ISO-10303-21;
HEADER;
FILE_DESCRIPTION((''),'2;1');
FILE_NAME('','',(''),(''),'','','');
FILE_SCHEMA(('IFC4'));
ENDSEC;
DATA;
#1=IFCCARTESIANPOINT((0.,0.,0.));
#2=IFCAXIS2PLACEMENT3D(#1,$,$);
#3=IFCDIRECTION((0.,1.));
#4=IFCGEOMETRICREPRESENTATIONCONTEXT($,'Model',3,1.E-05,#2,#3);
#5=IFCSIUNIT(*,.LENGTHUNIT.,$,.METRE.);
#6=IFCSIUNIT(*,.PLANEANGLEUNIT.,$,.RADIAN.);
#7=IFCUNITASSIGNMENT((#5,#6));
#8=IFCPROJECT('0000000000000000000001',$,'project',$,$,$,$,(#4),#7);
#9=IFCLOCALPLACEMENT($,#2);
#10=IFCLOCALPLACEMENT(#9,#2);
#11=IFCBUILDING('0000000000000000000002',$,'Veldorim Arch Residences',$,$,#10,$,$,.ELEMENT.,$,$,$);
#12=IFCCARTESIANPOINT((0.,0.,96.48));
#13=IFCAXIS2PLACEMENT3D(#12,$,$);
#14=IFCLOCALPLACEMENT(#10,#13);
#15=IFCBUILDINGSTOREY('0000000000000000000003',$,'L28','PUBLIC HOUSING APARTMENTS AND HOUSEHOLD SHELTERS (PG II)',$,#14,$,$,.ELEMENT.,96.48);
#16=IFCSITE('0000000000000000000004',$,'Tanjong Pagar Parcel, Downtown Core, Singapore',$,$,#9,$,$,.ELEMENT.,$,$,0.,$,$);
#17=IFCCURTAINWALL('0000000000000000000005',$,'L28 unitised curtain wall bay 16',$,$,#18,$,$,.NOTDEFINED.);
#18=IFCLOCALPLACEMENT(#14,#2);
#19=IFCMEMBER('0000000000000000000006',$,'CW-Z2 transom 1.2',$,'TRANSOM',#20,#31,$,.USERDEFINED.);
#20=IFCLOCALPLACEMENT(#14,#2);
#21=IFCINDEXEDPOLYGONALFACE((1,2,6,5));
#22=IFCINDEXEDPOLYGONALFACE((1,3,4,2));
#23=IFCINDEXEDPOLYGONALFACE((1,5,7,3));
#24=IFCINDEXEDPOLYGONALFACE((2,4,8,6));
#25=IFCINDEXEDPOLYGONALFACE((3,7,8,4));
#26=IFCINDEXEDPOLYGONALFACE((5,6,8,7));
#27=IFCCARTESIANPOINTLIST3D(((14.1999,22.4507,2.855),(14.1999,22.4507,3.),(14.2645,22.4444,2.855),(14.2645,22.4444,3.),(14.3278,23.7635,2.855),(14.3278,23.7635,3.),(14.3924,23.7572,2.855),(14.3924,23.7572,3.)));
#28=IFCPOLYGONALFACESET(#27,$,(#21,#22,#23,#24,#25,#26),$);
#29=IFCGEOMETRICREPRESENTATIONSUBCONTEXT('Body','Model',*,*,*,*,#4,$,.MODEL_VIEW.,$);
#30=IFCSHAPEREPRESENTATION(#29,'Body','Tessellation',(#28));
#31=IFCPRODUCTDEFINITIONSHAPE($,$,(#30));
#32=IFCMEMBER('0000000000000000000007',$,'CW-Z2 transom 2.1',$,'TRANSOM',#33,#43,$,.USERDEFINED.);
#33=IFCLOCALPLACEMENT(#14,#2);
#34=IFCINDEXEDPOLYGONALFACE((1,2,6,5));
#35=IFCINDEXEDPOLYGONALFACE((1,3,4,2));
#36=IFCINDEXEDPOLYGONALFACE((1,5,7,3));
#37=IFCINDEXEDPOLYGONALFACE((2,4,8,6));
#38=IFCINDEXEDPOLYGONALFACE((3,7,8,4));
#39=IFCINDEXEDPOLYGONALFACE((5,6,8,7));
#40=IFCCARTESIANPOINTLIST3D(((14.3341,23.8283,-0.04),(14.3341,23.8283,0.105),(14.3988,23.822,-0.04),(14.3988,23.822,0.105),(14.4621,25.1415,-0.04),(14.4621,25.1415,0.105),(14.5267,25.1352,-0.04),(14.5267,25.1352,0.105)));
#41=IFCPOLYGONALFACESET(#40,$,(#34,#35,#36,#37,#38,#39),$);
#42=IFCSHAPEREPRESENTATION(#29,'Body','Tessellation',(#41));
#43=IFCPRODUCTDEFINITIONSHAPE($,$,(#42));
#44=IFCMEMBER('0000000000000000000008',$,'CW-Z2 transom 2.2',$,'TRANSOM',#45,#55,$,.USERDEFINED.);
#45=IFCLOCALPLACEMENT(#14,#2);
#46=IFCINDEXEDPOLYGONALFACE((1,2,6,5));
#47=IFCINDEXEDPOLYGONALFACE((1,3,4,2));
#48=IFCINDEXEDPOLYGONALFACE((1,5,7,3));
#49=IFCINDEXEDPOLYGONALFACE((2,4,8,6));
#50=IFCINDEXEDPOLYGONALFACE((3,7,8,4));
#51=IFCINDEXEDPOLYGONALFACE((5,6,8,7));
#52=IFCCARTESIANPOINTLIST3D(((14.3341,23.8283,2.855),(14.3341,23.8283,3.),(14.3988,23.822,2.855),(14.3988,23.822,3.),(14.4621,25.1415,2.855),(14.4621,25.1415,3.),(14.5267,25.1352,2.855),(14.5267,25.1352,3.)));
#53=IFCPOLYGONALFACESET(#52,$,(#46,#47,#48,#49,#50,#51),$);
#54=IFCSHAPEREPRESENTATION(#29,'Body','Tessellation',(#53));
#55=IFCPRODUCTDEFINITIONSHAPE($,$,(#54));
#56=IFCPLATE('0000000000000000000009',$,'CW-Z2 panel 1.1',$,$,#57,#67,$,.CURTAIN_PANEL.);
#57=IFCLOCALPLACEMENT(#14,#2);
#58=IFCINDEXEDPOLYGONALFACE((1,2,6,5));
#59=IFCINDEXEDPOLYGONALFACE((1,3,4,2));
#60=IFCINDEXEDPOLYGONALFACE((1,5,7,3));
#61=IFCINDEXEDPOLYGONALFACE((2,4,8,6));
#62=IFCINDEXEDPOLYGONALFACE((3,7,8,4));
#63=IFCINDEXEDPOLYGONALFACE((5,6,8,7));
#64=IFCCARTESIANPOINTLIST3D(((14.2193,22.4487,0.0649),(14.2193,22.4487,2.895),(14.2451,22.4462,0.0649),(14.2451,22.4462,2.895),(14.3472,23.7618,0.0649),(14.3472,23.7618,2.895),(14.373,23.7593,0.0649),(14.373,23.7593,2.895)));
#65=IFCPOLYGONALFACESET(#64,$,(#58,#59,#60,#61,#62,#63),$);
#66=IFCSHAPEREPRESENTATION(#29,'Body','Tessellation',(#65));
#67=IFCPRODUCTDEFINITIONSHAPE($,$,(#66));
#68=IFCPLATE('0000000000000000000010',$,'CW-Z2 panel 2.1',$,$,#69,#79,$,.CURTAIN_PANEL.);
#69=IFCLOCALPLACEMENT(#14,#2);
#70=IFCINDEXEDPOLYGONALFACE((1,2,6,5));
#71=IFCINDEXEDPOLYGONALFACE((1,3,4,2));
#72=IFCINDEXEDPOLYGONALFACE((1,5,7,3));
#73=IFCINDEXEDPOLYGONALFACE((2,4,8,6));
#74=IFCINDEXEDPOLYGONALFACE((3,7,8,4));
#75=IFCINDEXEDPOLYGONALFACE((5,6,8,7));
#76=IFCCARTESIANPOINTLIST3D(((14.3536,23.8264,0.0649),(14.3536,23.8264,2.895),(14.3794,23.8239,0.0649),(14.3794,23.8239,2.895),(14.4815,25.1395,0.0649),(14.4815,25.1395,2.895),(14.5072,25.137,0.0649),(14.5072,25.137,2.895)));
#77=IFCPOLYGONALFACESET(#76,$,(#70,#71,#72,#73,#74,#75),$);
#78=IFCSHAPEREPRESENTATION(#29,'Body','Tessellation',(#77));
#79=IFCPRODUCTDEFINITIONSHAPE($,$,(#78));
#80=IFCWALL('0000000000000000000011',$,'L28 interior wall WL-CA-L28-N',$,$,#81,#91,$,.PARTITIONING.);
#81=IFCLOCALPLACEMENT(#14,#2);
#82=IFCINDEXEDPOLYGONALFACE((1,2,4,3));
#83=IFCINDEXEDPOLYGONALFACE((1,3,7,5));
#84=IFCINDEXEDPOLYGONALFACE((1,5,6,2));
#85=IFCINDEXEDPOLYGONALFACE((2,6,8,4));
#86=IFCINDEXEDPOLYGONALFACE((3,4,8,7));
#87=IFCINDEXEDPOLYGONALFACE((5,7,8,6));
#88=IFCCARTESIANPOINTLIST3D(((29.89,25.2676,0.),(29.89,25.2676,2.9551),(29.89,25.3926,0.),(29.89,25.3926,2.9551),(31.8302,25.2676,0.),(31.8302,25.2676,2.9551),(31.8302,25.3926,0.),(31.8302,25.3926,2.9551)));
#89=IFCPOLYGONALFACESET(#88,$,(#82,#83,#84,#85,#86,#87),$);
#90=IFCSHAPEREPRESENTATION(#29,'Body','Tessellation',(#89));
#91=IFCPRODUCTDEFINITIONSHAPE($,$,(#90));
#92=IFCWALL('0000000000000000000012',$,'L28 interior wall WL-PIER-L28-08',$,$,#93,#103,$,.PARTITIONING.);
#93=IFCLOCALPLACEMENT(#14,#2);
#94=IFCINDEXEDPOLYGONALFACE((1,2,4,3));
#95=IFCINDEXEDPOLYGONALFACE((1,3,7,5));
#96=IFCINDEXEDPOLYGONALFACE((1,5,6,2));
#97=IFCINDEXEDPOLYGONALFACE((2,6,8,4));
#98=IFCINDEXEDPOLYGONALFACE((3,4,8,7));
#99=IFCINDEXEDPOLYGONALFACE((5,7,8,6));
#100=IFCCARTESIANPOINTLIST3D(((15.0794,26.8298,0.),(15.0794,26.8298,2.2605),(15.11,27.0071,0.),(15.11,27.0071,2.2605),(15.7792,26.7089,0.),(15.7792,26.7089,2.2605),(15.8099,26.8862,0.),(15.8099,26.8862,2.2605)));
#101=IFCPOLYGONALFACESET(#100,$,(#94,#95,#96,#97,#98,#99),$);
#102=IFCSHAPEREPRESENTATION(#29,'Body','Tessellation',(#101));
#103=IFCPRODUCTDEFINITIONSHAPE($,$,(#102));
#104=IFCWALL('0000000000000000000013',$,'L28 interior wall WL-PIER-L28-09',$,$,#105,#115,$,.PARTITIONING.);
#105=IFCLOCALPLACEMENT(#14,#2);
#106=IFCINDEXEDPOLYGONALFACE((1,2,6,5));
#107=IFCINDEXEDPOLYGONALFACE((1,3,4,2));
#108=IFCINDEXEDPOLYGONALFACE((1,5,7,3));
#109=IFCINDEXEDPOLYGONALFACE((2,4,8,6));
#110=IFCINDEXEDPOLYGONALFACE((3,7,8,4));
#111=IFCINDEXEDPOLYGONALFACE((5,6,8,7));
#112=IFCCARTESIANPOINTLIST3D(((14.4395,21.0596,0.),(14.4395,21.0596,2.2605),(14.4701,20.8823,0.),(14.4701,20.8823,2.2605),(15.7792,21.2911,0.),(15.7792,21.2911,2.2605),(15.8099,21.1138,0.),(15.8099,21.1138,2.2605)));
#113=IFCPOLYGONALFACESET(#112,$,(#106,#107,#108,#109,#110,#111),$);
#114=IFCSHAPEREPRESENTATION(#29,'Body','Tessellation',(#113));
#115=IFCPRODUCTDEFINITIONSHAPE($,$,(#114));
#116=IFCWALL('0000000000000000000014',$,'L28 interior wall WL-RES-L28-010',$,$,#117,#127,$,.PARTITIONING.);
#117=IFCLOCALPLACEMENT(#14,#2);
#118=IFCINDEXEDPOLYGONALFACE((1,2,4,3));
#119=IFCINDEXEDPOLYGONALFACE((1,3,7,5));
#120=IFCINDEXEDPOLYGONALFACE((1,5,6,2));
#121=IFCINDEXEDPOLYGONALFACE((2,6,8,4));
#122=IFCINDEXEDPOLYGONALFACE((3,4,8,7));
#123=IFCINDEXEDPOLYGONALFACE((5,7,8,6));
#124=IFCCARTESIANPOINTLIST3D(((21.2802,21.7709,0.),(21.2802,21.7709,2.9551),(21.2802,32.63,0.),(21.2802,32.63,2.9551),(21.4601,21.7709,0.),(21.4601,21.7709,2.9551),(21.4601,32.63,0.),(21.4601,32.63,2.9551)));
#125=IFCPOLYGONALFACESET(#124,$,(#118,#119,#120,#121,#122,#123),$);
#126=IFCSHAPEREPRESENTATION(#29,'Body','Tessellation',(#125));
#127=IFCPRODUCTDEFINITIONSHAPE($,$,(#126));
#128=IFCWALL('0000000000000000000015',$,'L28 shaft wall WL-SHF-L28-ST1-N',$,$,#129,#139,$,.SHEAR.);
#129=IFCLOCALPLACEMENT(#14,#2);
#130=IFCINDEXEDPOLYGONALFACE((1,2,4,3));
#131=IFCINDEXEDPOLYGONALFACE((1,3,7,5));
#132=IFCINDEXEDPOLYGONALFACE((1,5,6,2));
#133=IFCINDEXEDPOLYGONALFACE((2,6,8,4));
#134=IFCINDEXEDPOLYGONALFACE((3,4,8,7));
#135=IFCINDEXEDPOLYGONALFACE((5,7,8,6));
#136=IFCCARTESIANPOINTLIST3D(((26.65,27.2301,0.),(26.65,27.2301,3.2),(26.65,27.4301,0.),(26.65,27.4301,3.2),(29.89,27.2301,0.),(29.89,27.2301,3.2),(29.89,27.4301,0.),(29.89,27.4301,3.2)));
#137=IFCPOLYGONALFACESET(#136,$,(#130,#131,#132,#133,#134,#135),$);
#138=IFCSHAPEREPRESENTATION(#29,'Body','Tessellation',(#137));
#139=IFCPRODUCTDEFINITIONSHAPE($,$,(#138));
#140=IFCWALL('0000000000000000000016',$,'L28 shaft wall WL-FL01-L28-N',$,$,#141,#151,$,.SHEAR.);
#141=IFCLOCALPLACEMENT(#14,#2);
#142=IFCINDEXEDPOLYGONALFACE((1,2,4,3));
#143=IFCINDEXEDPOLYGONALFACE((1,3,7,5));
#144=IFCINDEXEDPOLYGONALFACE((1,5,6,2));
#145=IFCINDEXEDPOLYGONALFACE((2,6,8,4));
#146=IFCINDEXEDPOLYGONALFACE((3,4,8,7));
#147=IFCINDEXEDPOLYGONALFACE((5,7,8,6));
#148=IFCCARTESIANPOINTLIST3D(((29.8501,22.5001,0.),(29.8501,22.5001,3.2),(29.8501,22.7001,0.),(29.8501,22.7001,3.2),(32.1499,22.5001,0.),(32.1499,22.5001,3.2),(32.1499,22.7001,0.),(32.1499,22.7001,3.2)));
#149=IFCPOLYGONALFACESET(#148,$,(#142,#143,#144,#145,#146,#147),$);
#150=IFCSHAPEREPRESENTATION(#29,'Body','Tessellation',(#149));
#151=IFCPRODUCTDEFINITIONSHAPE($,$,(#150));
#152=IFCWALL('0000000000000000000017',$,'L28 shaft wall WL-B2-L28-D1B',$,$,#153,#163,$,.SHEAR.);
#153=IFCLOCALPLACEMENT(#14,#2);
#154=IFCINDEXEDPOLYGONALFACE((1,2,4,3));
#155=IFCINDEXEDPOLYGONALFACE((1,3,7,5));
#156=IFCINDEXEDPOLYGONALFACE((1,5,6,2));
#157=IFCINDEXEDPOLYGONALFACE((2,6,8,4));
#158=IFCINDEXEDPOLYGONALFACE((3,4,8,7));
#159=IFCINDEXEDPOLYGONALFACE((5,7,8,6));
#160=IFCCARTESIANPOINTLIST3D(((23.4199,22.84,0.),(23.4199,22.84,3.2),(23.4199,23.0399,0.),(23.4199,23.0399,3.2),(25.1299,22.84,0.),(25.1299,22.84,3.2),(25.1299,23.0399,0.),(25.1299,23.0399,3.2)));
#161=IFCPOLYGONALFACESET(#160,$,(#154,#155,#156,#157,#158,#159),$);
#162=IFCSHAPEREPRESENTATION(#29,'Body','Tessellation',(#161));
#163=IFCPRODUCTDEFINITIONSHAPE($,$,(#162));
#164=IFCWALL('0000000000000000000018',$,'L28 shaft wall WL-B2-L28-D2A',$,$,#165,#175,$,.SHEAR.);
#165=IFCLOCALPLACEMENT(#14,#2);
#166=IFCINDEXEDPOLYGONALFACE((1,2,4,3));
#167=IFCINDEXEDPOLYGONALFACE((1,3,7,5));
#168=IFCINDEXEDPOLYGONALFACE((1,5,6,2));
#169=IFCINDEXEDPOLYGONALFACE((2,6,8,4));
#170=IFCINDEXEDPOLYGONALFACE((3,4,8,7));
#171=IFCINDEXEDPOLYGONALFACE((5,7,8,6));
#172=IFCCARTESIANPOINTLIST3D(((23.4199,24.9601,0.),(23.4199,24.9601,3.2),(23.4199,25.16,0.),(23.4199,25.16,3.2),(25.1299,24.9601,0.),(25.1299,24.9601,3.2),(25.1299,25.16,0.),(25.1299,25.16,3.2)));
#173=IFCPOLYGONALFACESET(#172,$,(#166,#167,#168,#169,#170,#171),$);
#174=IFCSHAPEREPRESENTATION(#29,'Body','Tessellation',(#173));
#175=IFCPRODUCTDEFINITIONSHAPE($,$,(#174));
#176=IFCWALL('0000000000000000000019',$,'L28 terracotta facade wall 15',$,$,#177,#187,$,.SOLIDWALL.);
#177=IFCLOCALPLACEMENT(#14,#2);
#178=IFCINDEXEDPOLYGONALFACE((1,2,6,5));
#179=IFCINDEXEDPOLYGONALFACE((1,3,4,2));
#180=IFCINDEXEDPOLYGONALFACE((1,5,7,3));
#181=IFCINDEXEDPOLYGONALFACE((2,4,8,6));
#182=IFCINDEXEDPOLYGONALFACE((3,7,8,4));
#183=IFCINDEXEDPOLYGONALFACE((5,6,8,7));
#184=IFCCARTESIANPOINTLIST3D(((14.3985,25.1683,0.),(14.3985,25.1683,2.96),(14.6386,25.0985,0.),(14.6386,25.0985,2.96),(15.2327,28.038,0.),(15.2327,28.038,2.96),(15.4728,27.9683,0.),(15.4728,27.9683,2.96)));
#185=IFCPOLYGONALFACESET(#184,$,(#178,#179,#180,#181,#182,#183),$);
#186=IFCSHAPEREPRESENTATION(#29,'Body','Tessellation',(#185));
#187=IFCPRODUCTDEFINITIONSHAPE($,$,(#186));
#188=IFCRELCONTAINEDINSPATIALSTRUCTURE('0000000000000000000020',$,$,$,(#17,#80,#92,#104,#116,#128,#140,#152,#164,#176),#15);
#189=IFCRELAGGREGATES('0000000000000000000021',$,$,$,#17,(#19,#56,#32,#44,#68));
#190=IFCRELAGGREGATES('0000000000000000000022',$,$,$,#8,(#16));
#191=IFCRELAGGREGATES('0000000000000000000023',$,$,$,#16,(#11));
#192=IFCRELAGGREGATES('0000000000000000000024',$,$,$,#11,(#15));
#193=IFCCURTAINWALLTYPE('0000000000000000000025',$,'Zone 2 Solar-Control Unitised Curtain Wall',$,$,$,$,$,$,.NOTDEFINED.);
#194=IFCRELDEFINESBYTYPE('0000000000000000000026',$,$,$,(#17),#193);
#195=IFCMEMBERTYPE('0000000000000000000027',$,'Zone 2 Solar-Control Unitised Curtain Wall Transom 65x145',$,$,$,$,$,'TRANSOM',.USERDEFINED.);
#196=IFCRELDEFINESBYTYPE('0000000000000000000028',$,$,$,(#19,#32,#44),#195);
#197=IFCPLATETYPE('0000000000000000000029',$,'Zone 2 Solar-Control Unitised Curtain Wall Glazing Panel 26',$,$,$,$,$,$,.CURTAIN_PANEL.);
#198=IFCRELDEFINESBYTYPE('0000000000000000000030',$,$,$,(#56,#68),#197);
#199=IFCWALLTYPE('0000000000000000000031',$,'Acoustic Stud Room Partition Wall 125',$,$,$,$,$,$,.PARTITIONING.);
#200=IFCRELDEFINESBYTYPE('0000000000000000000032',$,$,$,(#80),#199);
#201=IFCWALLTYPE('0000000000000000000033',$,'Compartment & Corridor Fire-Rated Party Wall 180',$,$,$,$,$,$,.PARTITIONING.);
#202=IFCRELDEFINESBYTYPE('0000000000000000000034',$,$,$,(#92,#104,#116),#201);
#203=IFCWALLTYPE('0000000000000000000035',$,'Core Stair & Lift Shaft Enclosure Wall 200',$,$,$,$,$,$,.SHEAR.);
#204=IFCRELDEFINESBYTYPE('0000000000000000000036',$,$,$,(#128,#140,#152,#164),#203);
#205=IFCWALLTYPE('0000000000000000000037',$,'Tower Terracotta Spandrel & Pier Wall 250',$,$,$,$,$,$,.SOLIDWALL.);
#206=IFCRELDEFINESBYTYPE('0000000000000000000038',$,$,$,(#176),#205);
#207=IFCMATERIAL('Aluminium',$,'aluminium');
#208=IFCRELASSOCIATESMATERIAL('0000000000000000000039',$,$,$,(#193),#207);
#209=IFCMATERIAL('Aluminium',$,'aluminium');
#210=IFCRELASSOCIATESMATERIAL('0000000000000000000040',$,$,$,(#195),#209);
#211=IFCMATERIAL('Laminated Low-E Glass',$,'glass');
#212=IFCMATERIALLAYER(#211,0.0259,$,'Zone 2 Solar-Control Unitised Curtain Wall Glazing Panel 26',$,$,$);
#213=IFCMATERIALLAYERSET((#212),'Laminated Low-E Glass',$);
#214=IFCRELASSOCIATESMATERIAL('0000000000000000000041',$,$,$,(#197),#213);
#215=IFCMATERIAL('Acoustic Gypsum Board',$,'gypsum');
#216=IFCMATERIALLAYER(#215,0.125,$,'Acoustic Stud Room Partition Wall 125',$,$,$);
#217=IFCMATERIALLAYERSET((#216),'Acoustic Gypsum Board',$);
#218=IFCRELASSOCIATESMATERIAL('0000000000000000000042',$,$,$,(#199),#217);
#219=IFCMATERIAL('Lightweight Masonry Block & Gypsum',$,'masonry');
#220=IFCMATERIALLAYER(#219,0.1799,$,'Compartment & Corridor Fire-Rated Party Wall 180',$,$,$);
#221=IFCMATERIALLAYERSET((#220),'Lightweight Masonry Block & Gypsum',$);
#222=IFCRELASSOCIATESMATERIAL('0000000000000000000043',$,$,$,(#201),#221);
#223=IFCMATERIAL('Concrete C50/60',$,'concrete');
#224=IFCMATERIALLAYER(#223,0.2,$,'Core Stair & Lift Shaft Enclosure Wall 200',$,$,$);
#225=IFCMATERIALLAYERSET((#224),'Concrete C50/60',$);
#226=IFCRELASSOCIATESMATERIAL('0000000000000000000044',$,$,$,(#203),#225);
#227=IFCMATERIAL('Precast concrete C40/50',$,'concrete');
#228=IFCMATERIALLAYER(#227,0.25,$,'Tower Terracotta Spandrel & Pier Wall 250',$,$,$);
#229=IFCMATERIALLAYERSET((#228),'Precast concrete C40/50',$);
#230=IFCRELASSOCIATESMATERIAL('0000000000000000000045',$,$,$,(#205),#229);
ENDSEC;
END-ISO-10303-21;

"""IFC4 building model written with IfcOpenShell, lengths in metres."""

from ifc_helpers import new_model, si_unit, direction, frame, frame_2d, origin, origin_2d, place, context, subcontext, project, spatial, rectangle, extrude, material, layer, layer_set, material_profile, profile_set, type_object, element, aggregate, save


model = new_model("IFC4")

# Units and contexts
model_context = context("Model", 3, precision=1e-05, world=origin(), true_north=direction((0.0, 1.0)))
body_context = subcontext(model_context, "Body", "Model", "MODEL_VIEW")
ifc_project = project(units=[si_unit("LENGTHUNIT", "METRE"), si_unit("PLANEANGLEUNIT", "RADIAN")], contexts=[model_context])

# Site, building, storey
site_placement = place(None, origin())
site = spatial("IfcSite", under=ifc_project, at=site_placement, Name="Tanjong Pagar Parcel, Downtown Core, Singapore", CompositionType="ELEMENT", RefElevation=0.0)
building_placement = place(site_placement, origin())
building = spatial("IfcBuilding", under=site, at=building_placement, Name="Veldorim Arch Residences", CompositionType="ELEMENT")
storey_placement = place(building_placement, frame((0.0, 0.0, 96.48)))
storey = spatial("IfcBuildingStorey", under=building, at=storey_placement, Name="L28", Description="PUBLIC HOUSING APARTMENTS AND HOUSEHOLD SHELTERS (PG II)", CompositionType="ELEMENT", Elevation=96.48)

# Curtain wall, members, plates
ifc_material_1 = material(Name="Aluminium", Category="aluminium")
curtain_wall_type = type_object("IfcCurtainWallType", Name="Zone 2 Solar-Control Unitised Curtain Wall", PredefinedType="NOTDEFINED", material=ifc_material_1)
curtain_wall_placement = place(storey_placement, origin())
curtain_wall = element("IfcCurtainWall", 1, at=curtain_wall_placement, inside=storey, type_object=curtain_wall_type, Name="L28 unitised curtain wall bay 16", PredefinedType="NOTDEFINED")
ifc_material_2 = material(Name="Aluminium", Category="aluminium")
ifc_material_profile_1 = material_profile(ifc_material_2, rectangle(XDim=0.0649, YDim=0.145, at=origin_2d()), Name="ALU_TRN_65x145")
ifc_profile_set_1 = profile_set([ifc_material_profile_1], Name="Aluminium")
member_type_1 = type_object("IfcMemberType", Name="Zone 2 Solar-Control Unitised Curtain Wall Transom 65x145", ElementType="TRANSOM", PredefinedType="USERDEFINED", material=ifc_profile_set_1)
member_1_placement = place(storey_placement, frame((14.2322, 22.4475, 2.9275), z_axis=(0.096975, 0.995287, 0.0), x_axis=(-0.995287, 0.096975, 0.0)))
member_1 = element("IfcMember", 2, at=member_1_placement, type_object=member_type_1, Name="CW-Z2 transom 1.2", ObjectType="TRANSOM", PredefinedType="USERDEFINED", context=body_context, shape_type="SweptSolid", body=[
    extrude(rectangle(XDim=0.0649, YDim=0.145, at=origin_2d()), origin(), (0.0, 0.0, 1.0), 1.3191),
])
member_2_placement = place(storey_placement, frame((14.3665, 23.8252, 0.0325), z_axis=(0.096957, 0.995289, 0.0), x_axis=(-0.995289, 0.096957, 0.0)))
member_2 = element("IfcMember", 3, at=member_2_placement, type_object=member_type_1, Name="CW-Z2 transom 2.1", ObjectType="TRANSOM", PredefinedType="USERDEFINED", context=body_context, shape_type="SweptSolid", body=[
    extrude(rectangle(XDim=0.0649, YDim=0.145, at=origin_2d()), origin(), (0.0, 0.0, 1.0), 1.3193),
])
member_3_placement = place(storey_placement, frame((14.3665, 23.8252, 2.9275), z_axis=(0.096957, 0.995289, 0.0), x_axis=(-0.995289, 0.096957, 0.0)))
member_3 = element("IfcMember", 4, at=member_3_placement, type_object=member_type_1, Name="CW-Z2 transom 2.2", ObjectType="TRANSOM", PredefinedType="USERDEFINED", context=body_context, shape_type="SweptSolid", body=[
    extrude(rectangle(XDim=0.0649, YDim=0.145, at=origin_2d()), origin(), (0.0, 0.0, 1.0), 1.3193),
])
ifc_material_3 = material(Name="Laminated Low-E Glass", Category="glass")
ifc_layer_1 = layer(ifc_material_3, 0.0259, Name="Zone 2 Solar-Control Unitised Curtain Wall Glazing Panel 26")
ifc_layer_set_1 = layer_set([ifc_layer_1], Name="Laminated Low-E Glass")
plate_type = type_object("IfcPlateType", Name="Zone 2 Solar-Control Unitised Curtain Wall Glazing Panel 26", PredefinedType="CURTAIN_PANEL", material=ifc_layer_set_1)
plate_1_placement = place(storey_placement, frame((14.2961, 23.104, 0.0649), z_axis=(0.0, 0.0, 1.0), x_axis=(0.096914, 0.995293, 0.0)))
plate_1 = element("IfcPlate", 5, at=plate_1_placement, type_object=plate_type, Name="CW-Z2 panel 1.1", PredefinedType="CURTAIN_PANEL", context=body_context, shape_type="SweptSolid", body=[
    extrude(rectangle(XDim=1.3193, YDim=0.0259, at=origin_2d()), origin(), (0.0, 0.0, 1.0), 2.8301),
])
plate_2_placement = place(storey_placement, frame((14.4304, 24.4817, 0.0649), z_axis=(0.0, 0.0, 1.0), x_axis=(0.096914, 0.995293, 0.0)))
plate_2 = element("IfcPlate", 6, at=plate_2_placement, type_object=plate_type, Name="CW-Z2 panel 2.1", PredefinedType="CURTAIN_PANEL", context=body_context, shape_type="SweptSolid", body=[
    extrude(rectangle(XDim=1.3193, YDim=0.0259, at=origin_2d()), origin(), (0.0, 0.0, 1.0), 2.8301),
])
aggregate(curtain_wall, [member_1, plate_1, member_2, member_3, plate_2])

# Walls
ifc_material_4 = material(Name="Acoustic Gypsum Board", Category="gypsum")
ifc_layer_2 = layer(ifc_material_4, 0.125, Name="Acoustic Stud Room Partition Wall 125")
ifc_layer_set_2 = layer_set([ifc_layer_2], Name="Acoustic Gypsum Board")
wall_type_1 = type_object("IfcWallType", Name="Acoustic Stud Room Partition Wall 125", PredefinedType="PARTITIONING", material=ifc_layer_set_2)
wall_1_placement = place(storey_placement, frame((29.8899, 25.3301, 0.0), z_axis=(0.0, 0.0, 1.0), x_axis=(1.0, 0.0, 0.0)))
element("IfcWall", 7, at=wall_1_placement, inside=storey, type_object=wall_type_1, Name="L28 interior wall WL-CA-L28-N", PredefinedType="PARTITIONING", context=body_context, shape_type="SweptSolid", body=[
    extrude(rectangle(XDim=1.9402, YDim=0.125, at=frame_2d((0.9702, 0.0))), origin(), (0.0, 0.0, 1.0), 2.9551),
])
ifc_material_5 = material(Name="Lightweight Masonry Block & Gypsum", Category="masonry")
ifc_layer_3 = layer(ifc_material_5, 0.1799, Name="Compartment & Corridor Fire-Rated Party Wall 180")
ifc_layer_set_3 = layer_set([ifc_layer_3], Name="Lightweight Masonry Block & Gypsum")
wall_type_2 = type_object("IfcWallType", Name="Compartment & Corridor Fire-Rated Party Wall 180", PredefinedType="PARTITIONING", material=ifc_layer_set_3)
wall_2_placement = place(storey_placement, frame((15.7944, 26.7976, 0.0), z_axis=(0.0, 0.0, 1.0), x_axis=(-0.98542, 0.170137, 0.0)))
element("IfcWall", 8, at=wall_2_placement, inside=storey, type_object=wall_type_2, Name="L28 interior wall WL-PIER-L28-08", PredefinedType="PARTITIONING", context=body_context, shape_type="SweptSolid", body=[
    extrude(rectangle(XDim=0.7102, YDim=0.1799, at=frame_2d((0.355, 0.0))), origin(), (0.0, 0.0, 1.0), 2.2605),
])
wall_3_placement = place(storey_placement, frame((15.7944, 21.2024, 0.0), z_axis=(0.0, 0.0, 1.0), x_axis=(-0.985406, -0.17022, 0.0)))
element("IfcWall", 9, at=wall_3_placement, inside=storey, type_object=wall_type_2, Name="L28 interior wall WL-PIER-L28-09", PredefinedType="PARTITIONING", context=body_context, shape_type="SweptSolid", body=[
    extrude(rectangle(XDim=1.3596, YDim=0.1799, at=frame_2d((0.6797, 0.0))), origin(), (0.0, 0.0, 1.0), 2.2605),
])
wall_4_placement = place(storey_placement, frame((21.3701, 21.7708, 0.0), z_axis=(0.0, 0.0, 1.0), x_axis=(0.0, 1.0, 0.0)))
element("IfcWall", 10, at=wall_4_placement, inside=storey, type_object=wall_type_2, Name="L28 interior wall WL-RES-L28-010", PredefinedType="PARTITIONING", context=body_context, shape_type="SweptSolid", body=[
    extrude(rectangle(XDim=10.8591, YDim=0.1799, at=frame_2d((5.4297, 0.0))), origin(), (0.0, 0.0, 1.0), 2.9551),
])
ifc_material_6 = material(Name="Concrete C50/60", Category="concrete")
ifc_layer_4 = layer(ifc_material_6, 0.2, Name="Core Stair & Lift Shaft Enclosure Wall 200")
ifc_layer_set_4 = layer_set([ifc_layer_4], Name="Concrete C50/60")
wall_type_3 = type_object("IfcWallType", Name="Core Stair & Lift Shaft Enclosure Wall 200", PredefinedType="SHEAR", material=ifc_layer_set_4)
wall_5_placement = place(storey_placement, frame((26.6499, 27.3301, 0.0), z_axis=(0.0, 0.0, 1.0), x_axis=(1.0, 0.0, 0.0)))
element("IfcWall", 11, at=wall_5_placement, inside=storey, type_object=wall_type_3, Name="L28 shaft wall WL-SHF-L28-ST1-N", PredefinedType="SHEAR", context=body_context, shape_type="SweptSolid", body=[
    extrude(rectangle(XDim=3.24, YDim=0.2, at=frame_2d((1.6201, 0.0))), origin(), (0.0, 0.0, 1.0), 3.2),
])
wall_6_placement = place(storey_placement, frame((29.8501, 22.6001, 0.0), z_axis=(0.0, 0.0, 1.0), x_axis=(1.0, 0.0, 0.0)))
element("IfcWall", 12, at=wall_6_placement, inside=storey, type_object=wall_type_3, Name="L28 shaft wall WL-FL01-L28-N", PredefinedType="SHEAR", context=body_context, shape_type="SweptSolid", body=[
    extrude(rectangle(XDim=2.2998, YDim=0.2, at=frame_2d((1.1499, 0.0))), origin(), (0.0, 0.0, 1.0), 3.2),
])
for number, where, z_axis, x_axis, name in (
    (13, (23.4199, 22.9399, 0.0), (0.0, 0.0, 1.0), (1.0, 0.0, 0.0), "L28 shaft wall WL-B2-L28-D1B"),
    (14, (23.4199, 25.0601, 0.0), (0.0, 0.0, 1.0), (1.0, 0.0, 0.0), "L28 shaft wall WL-B2-L28-D2A"),
):
    element("IfcWall", number, at=place(storey_placement, frame(where, z_axis=z_axis, x_axis=x_axis)), inside=storey, type_object=wall_type_3, Name=name, PredefinedType="SHEAR", context=body_context, shape_type="SweptSolid", body=[
        extrude(rectangle(XDim=1.71, YDim=0.2, at=frame_2d((0.855, 0.0))), origin(), (0.0, 0.0, 1.0), 3.2),
    ])
ifc_material_7 = material(Name="Precast concrete C40/50", Category="concrete")
ifc_layer_5 = layer(ifc_material_7, 0.25, Name="Tower Terracotta Spandrel & Pier Wall 250")
ifc_layer_set_5 = layer_set([ifc_layer_5], Name="Precast concrete C40/50")
wall_type_4 = type_object("IfcWallType", Name="Tower Terracotta Spandrel & Pier Wall 250", PredefinedType="SOLIDWALL", material=ifc_layer_set_5)
wall_7_placement = place(storey_placement, frame((14.5186, 25.1335, 0.0), z_axis=(0.0, 0.0, 1.0), x_axis=(0.279153, 0.960247, 0.0)))
element("IfcWall", 15, at=wall_7_placement, inside=storey, type_object=wall_type_4, Name="L28 terracotta facade wall 15", PredefinedType="SOLIDWALL", context=body_context, shape_type="SweptSolid", body=[
    extrude(rectangle(XDim=2.9885, YDim=0.25, at=frame_2d((1.4941, 0.0))), origin(), (0.0, 0.0, 1.0), 2.96),
])

save(model, "model.ifc")
